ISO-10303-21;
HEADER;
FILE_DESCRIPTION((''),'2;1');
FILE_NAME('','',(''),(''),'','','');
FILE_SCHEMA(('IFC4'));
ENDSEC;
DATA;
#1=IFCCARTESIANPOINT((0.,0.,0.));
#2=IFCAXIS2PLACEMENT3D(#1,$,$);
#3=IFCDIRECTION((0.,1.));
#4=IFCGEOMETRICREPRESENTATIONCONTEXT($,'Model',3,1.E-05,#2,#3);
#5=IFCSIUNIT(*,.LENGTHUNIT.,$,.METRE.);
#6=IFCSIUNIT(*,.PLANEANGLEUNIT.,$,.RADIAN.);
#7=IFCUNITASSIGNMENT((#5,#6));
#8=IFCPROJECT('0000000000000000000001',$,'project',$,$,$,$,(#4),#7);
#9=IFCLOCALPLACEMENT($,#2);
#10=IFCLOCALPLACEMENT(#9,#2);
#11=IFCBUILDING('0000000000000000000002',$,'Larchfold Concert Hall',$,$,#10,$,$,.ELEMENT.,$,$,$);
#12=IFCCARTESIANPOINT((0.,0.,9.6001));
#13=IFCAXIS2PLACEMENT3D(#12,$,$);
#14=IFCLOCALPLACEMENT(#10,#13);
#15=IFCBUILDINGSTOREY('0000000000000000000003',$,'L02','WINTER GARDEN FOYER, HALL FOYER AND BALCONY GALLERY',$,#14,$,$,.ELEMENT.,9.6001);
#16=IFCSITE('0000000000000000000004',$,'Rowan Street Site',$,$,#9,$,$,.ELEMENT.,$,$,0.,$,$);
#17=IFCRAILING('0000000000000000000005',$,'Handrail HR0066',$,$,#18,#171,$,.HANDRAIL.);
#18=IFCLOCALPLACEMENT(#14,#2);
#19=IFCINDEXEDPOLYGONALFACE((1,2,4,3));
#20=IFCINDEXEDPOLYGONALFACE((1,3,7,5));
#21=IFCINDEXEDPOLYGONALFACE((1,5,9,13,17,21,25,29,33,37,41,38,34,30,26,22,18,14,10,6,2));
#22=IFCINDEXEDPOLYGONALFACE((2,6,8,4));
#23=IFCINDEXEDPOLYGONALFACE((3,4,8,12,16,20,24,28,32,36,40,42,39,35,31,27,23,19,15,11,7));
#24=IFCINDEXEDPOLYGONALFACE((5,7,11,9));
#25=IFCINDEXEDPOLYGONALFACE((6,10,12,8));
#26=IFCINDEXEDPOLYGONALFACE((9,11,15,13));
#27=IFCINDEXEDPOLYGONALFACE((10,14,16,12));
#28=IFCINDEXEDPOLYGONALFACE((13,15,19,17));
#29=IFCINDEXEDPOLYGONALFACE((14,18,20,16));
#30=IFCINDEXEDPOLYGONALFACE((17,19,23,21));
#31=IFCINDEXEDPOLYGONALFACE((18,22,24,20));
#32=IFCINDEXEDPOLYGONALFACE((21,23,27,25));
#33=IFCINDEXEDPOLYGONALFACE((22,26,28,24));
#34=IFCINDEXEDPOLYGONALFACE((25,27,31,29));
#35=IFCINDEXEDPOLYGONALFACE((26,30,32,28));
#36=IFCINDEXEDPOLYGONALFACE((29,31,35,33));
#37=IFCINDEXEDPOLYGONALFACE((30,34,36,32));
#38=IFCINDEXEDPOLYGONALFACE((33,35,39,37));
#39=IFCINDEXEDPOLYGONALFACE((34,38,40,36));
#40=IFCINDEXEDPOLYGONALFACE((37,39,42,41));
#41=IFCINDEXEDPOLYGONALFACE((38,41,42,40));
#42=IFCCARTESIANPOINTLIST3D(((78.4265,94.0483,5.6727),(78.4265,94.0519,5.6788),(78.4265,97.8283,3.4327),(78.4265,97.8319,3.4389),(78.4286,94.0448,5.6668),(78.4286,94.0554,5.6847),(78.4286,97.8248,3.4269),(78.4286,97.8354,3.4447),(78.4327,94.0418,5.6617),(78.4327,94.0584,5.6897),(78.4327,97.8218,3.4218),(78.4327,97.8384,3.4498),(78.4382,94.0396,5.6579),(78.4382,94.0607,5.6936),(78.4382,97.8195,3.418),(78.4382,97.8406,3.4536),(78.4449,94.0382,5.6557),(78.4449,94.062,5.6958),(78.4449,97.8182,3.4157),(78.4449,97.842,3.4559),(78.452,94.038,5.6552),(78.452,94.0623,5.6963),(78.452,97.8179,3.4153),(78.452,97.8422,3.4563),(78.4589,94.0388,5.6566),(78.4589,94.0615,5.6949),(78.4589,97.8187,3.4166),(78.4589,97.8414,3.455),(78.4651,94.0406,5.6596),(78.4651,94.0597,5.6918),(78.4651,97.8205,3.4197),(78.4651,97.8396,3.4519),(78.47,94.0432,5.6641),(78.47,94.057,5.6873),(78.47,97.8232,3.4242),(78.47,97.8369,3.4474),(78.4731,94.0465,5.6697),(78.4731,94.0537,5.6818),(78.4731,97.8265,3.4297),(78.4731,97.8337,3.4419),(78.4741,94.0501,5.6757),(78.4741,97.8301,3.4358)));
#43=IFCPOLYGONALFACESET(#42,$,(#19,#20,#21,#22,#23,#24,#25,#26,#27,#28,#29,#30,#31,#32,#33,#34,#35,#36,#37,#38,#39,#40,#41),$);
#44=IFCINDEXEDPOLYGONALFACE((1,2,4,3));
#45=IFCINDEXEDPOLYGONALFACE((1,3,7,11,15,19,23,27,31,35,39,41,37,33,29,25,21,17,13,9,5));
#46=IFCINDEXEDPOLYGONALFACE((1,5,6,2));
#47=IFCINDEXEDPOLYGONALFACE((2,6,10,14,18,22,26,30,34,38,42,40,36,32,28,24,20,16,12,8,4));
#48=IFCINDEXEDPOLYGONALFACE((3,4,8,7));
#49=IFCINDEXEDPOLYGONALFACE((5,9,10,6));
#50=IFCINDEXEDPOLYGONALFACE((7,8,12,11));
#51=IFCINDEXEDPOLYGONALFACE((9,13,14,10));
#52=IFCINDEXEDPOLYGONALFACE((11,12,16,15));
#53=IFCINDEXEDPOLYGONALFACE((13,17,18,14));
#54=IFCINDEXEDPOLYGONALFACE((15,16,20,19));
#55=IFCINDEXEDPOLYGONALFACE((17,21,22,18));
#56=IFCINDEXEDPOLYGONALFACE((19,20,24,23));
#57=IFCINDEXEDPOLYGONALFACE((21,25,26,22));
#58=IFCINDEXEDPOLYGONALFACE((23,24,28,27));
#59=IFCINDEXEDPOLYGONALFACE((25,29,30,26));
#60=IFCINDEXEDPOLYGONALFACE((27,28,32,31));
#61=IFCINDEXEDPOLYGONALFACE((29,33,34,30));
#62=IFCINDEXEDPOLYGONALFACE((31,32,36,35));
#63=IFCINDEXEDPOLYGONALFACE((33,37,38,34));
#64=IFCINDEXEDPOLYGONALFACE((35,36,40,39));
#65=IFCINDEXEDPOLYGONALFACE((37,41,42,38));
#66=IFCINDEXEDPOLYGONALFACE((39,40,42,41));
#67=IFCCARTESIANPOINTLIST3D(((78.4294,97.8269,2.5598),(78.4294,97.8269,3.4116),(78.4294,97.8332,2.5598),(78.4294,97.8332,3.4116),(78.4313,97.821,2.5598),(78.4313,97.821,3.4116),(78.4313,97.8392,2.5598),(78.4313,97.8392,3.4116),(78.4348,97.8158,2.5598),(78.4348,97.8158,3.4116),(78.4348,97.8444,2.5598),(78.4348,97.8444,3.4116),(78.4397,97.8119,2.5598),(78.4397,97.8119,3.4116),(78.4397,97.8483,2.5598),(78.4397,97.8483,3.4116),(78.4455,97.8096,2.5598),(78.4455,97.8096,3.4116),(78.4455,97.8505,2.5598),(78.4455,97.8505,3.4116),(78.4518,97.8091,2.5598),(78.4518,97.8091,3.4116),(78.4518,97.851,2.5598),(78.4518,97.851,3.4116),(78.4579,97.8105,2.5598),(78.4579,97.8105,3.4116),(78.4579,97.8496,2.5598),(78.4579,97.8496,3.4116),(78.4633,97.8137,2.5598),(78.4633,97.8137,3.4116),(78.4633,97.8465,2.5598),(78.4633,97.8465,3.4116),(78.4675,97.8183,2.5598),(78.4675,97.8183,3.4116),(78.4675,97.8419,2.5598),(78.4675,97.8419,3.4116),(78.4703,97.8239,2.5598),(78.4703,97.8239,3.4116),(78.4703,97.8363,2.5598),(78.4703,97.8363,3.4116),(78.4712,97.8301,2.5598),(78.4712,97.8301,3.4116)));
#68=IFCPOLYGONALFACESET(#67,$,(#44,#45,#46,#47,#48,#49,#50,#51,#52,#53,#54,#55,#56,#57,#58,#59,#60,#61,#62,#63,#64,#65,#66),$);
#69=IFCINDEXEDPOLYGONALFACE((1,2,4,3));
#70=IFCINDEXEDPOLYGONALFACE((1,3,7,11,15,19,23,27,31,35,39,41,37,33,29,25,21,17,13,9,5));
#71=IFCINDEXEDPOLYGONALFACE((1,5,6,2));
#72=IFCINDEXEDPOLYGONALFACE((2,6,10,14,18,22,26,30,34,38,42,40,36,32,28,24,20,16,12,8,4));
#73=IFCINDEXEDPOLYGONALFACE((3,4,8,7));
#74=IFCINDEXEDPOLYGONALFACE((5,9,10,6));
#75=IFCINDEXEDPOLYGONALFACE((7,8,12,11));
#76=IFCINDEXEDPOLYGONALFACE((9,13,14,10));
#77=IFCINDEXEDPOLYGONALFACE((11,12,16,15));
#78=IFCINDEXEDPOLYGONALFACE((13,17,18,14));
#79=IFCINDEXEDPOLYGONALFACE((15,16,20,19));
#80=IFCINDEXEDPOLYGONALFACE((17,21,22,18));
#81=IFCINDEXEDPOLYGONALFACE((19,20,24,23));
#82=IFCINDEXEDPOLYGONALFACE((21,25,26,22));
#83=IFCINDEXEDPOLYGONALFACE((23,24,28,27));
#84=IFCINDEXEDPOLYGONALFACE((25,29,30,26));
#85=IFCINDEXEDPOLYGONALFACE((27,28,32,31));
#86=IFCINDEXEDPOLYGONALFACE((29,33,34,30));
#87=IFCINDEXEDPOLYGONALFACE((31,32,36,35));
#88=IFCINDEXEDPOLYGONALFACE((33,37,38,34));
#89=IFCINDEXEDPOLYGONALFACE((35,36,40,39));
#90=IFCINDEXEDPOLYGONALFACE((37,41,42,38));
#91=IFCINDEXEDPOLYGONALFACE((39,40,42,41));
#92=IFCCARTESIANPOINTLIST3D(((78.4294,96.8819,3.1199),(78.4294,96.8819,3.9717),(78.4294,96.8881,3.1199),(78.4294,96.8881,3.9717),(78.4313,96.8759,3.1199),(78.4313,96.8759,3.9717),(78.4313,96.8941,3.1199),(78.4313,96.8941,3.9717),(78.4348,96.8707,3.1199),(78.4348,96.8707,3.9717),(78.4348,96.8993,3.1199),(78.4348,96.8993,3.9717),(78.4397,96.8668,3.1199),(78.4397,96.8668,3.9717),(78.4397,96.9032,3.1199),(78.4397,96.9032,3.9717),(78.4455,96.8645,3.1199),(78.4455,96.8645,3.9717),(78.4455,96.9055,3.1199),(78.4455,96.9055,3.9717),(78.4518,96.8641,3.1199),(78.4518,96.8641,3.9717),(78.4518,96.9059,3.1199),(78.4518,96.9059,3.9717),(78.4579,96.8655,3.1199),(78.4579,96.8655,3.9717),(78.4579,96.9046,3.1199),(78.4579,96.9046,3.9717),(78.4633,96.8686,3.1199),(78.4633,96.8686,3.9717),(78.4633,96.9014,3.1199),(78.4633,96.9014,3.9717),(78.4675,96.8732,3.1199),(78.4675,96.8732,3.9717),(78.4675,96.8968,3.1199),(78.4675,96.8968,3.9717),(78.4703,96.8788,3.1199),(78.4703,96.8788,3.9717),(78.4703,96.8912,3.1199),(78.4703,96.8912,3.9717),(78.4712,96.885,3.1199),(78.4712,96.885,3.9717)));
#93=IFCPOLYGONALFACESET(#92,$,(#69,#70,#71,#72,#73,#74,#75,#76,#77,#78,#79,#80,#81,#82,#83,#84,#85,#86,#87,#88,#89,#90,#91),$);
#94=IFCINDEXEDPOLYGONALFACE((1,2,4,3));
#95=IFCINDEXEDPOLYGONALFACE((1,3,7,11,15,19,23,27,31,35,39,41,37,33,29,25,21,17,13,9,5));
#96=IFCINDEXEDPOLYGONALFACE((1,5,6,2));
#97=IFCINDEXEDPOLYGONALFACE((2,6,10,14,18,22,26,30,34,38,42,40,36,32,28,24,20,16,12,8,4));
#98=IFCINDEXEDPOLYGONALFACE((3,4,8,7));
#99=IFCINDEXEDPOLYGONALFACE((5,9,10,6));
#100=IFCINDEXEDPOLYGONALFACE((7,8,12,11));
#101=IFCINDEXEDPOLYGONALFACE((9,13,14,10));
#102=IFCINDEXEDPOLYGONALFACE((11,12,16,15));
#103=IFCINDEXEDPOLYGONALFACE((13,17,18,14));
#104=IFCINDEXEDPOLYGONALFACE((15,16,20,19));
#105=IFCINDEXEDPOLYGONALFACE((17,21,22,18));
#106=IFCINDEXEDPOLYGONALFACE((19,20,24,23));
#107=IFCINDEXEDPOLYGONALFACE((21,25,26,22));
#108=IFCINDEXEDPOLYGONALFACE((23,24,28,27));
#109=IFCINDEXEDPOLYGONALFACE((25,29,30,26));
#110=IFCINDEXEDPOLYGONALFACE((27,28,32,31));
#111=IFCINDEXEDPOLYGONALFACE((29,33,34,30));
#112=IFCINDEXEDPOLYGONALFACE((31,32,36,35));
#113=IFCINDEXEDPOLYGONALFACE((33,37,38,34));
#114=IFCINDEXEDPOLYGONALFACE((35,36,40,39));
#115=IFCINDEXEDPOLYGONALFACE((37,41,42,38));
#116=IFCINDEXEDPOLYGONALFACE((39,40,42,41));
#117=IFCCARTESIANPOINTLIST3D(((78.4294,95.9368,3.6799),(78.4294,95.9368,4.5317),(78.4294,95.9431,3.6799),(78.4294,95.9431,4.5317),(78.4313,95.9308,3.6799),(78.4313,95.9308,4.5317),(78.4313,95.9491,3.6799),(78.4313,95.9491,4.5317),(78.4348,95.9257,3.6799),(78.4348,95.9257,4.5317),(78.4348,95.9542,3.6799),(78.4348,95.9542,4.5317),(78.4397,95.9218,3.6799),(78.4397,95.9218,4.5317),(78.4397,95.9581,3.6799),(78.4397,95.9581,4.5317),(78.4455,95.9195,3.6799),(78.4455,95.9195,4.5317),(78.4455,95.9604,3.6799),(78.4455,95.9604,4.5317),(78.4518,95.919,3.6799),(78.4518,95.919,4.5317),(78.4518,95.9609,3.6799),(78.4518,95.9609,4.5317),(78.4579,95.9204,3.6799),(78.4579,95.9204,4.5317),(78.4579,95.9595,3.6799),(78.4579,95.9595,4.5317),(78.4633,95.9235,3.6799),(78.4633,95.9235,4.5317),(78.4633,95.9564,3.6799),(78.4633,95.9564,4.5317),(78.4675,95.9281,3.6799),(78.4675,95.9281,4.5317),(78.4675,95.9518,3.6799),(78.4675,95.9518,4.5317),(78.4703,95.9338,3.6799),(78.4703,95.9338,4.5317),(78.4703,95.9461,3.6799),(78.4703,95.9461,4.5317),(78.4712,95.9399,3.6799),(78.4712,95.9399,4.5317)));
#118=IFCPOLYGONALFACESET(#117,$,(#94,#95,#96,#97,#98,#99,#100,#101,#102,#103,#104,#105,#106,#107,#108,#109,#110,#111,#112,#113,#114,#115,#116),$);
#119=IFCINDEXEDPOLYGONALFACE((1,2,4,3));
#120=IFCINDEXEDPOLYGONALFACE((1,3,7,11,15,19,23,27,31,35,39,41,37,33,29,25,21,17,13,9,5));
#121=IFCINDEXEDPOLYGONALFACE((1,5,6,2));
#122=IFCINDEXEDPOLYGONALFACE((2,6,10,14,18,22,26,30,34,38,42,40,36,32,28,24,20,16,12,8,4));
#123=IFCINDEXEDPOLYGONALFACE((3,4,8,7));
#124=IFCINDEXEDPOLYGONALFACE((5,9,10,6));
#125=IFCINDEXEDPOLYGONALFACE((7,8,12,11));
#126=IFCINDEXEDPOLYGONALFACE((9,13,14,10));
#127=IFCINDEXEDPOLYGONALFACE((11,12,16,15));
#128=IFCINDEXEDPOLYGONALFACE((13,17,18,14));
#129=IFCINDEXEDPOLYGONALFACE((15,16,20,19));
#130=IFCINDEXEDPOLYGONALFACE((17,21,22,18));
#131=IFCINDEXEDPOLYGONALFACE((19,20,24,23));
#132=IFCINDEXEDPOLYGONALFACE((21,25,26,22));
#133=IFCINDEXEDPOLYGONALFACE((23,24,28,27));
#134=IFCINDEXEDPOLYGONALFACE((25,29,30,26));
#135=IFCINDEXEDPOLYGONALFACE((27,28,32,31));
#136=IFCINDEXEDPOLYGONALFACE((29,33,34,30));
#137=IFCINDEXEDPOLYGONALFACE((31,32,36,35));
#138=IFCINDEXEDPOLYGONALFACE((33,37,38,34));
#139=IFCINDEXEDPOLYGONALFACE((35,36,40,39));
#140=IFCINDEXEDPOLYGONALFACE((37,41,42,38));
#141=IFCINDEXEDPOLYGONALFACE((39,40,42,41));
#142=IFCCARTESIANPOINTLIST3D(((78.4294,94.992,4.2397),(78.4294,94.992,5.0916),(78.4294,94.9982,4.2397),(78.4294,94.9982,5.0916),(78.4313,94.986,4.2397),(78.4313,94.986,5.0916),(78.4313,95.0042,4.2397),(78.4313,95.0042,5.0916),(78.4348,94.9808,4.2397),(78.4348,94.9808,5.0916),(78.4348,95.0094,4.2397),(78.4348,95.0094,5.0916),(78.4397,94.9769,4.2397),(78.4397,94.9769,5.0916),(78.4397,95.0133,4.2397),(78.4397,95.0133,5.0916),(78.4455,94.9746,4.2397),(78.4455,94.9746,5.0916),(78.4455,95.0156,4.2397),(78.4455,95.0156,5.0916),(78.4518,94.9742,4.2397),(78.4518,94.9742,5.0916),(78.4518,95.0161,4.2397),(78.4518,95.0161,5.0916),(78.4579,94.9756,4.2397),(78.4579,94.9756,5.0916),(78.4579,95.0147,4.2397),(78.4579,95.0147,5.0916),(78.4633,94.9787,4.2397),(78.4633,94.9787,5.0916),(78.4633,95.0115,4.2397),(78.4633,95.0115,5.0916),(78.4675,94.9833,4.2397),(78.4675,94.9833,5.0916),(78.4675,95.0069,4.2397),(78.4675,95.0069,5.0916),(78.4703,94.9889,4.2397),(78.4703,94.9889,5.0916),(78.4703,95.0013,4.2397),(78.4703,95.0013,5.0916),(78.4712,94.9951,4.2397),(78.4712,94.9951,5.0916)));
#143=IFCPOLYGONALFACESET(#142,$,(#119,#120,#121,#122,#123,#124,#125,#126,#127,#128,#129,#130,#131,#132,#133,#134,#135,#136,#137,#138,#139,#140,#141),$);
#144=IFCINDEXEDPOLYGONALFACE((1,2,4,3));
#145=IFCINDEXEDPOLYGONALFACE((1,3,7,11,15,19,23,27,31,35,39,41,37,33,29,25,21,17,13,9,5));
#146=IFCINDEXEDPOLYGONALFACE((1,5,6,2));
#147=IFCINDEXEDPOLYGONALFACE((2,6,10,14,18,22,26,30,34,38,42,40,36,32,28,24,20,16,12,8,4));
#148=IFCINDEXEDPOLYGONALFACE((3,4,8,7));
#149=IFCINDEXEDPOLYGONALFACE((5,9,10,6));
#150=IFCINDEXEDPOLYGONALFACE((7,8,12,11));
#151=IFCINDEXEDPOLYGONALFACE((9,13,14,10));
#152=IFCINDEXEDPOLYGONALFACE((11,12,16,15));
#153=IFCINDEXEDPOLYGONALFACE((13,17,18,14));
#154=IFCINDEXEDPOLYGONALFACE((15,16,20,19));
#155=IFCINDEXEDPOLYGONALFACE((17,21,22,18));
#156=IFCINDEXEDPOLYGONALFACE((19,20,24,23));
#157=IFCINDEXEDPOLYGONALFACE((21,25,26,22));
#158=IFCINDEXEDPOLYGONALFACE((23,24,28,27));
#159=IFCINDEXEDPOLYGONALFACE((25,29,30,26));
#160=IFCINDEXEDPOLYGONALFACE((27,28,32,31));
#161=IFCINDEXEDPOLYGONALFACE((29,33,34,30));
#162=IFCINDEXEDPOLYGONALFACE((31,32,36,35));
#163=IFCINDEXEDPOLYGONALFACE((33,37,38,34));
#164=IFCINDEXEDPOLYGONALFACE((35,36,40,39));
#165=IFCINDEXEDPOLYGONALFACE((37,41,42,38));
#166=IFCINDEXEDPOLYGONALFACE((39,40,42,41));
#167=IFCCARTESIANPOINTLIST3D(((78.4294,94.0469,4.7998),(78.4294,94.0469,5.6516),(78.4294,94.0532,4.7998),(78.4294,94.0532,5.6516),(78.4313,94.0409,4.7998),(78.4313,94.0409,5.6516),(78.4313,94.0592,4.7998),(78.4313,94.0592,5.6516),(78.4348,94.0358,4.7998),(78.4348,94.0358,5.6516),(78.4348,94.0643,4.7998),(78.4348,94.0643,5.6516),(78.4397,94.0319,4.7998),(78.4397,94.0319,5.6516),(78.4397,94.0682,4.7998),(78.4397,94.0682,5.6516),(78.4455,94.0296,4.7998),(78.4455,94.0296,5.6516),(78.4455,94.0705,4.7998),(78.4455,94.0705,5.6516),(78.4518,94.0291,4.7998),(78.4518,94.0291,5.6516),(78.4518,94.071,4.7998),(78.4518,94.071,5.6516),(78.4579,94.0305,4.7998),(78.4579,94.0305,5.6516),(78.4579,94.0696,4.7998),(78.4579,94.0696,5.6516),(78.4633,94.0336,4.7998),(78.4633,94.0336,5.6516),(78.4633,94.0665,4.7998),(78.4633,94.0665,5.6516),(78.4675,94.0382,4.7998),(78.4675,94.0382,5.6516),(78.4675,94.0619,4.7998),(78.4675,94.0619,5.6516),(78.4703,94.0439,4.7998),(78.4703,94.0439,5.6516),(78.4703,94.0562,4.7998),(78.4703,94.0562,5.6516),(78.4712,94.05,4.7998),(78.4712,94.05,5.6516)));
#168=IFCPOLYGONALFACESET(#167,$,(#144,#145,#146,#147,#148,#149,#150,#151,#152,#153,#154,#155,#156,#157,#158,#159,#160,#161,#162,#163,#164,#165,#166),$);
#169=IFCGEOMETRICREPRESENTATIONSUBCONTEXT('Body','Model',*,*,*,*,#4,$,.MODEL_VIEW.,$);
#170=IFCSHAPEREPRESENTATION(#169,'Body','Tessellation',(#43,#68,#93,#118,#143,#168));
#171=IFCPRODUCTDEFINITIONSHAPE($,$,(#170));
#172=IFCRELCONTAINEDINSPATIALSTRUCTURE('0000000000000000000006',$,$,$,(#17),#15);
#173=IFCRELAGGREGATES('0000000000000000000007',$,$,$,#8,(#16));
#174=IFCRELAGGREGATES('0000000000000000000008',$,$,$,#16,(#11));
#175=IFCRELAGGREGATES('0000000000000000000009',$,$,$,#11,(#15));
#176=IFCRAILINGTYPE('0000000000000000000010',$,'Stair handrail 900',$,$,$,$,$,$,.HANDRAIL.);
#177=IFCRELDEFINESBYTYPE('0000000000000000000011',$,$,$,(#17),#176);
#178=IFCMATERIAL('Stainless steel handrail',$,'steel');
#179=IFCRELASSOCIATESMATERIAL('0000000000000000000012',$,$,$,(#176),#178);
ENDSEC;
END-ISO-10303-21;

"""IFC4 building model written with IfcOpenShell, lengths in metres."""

from ifc_helpers import new_model, si_unit, direction, frame, origin, origin_2d, place, context, subcontext, project, spatial, circle, extrude, material, type_object, element, save


model = new_model("IFC4")

# Units and contexts
model_context = context("Model", 3, precision=1e-05, world=origin(), true_north=direction((0.0, 1.0)))
body_context = subcontext(model_context, "Body", "Model", "MODEL_VIEW")
ifc_project = project(units=[si_unit("LENGTHUNIT", "METRE"), si_unit("PLANEANGLEUNIT", "RADIAN")], contexts=[model_context])

# Site, building, storey
site_placement = place(None, origin())
site = spatial("IfcSite", under=ifc_project, at=site_placement, Name="Rowan Street Site", CompositionType="ELEMENT", RefElevation=0.0)
building_placement = place(site_placement, origin())
building = spatial("IfcBuilding", under=site, at=building_placement, Name="Larchfold Concert Hall", CompositionType="ELEMENT")
storey_placement = place(building_placement, frame((0.0, 0.0, 9.6001)))
storey = spatial("IfcBuildingStorey", under=building, at=storey_placement, Name="L02", Description="WINTER GARDEN FOYER, HALL FOYER AND BALCONY GALLERY", CompositionType="ELEMENT", Elevation=9.6001)

# Railing
ifc_material_1 = material(Name="Stainless steel handrail", Category="steel")
railing_type_1 = type_object("IfcRailingType", Name="Stair handrail 900", PredefinedType="HANDRAIL", material=ifc_material_1)
for number, where, name in (
    (1, (78.4502, 97.8301, 2.5598), "Handrail HR0066"),
):
    element("IfcRailing", number, at=place(storey_placement, frame(where)), inside=storey, type_object=railing_type_1, Name=name, PredefinedType="HANDRAIL", context=body_context, shape_type="SweptSolid", body=[
        extrude(circle(Radius=0.0239, at=origin_2d()), frame((0.0, 0.0, 0.876), z_axis=(0.0, -0.860294, 0.509798), x_axis=(1.0, 0.0, 0.0)), (0.0, 0.0, 1.0), 4.3938),
        extrude(circle(Radius=0.021, at=origin_2d()), origin(), (0.0, 0.0, 1.0), 0.8518),
        extrude(circle(Radius=0.021, at=origin_2d()), frame((0.0, -0.9451, 0.5601)), (0.0, 0.0, 1.0), 0.8518),
        extrude(circle(Radius=0.021, at=origin_2d()), frame((0.0, -1.8901, 1.1201)), (0.0, 0.0, 1.0), 0.8518),
        extrude(circle(Radius=0.021, at=origin_2d()), frame((0.0, -2.835, 1.6799)), (0.0, 0.0, 1.0), 0.8518),
        extrude(circle(Radius=0.021, at=origin_2d()), frame((0.0, -3.78, 2.24)), (0.0, 0.0, 1.0), 0.8518),
    ])

save(model, "model.ifc")
